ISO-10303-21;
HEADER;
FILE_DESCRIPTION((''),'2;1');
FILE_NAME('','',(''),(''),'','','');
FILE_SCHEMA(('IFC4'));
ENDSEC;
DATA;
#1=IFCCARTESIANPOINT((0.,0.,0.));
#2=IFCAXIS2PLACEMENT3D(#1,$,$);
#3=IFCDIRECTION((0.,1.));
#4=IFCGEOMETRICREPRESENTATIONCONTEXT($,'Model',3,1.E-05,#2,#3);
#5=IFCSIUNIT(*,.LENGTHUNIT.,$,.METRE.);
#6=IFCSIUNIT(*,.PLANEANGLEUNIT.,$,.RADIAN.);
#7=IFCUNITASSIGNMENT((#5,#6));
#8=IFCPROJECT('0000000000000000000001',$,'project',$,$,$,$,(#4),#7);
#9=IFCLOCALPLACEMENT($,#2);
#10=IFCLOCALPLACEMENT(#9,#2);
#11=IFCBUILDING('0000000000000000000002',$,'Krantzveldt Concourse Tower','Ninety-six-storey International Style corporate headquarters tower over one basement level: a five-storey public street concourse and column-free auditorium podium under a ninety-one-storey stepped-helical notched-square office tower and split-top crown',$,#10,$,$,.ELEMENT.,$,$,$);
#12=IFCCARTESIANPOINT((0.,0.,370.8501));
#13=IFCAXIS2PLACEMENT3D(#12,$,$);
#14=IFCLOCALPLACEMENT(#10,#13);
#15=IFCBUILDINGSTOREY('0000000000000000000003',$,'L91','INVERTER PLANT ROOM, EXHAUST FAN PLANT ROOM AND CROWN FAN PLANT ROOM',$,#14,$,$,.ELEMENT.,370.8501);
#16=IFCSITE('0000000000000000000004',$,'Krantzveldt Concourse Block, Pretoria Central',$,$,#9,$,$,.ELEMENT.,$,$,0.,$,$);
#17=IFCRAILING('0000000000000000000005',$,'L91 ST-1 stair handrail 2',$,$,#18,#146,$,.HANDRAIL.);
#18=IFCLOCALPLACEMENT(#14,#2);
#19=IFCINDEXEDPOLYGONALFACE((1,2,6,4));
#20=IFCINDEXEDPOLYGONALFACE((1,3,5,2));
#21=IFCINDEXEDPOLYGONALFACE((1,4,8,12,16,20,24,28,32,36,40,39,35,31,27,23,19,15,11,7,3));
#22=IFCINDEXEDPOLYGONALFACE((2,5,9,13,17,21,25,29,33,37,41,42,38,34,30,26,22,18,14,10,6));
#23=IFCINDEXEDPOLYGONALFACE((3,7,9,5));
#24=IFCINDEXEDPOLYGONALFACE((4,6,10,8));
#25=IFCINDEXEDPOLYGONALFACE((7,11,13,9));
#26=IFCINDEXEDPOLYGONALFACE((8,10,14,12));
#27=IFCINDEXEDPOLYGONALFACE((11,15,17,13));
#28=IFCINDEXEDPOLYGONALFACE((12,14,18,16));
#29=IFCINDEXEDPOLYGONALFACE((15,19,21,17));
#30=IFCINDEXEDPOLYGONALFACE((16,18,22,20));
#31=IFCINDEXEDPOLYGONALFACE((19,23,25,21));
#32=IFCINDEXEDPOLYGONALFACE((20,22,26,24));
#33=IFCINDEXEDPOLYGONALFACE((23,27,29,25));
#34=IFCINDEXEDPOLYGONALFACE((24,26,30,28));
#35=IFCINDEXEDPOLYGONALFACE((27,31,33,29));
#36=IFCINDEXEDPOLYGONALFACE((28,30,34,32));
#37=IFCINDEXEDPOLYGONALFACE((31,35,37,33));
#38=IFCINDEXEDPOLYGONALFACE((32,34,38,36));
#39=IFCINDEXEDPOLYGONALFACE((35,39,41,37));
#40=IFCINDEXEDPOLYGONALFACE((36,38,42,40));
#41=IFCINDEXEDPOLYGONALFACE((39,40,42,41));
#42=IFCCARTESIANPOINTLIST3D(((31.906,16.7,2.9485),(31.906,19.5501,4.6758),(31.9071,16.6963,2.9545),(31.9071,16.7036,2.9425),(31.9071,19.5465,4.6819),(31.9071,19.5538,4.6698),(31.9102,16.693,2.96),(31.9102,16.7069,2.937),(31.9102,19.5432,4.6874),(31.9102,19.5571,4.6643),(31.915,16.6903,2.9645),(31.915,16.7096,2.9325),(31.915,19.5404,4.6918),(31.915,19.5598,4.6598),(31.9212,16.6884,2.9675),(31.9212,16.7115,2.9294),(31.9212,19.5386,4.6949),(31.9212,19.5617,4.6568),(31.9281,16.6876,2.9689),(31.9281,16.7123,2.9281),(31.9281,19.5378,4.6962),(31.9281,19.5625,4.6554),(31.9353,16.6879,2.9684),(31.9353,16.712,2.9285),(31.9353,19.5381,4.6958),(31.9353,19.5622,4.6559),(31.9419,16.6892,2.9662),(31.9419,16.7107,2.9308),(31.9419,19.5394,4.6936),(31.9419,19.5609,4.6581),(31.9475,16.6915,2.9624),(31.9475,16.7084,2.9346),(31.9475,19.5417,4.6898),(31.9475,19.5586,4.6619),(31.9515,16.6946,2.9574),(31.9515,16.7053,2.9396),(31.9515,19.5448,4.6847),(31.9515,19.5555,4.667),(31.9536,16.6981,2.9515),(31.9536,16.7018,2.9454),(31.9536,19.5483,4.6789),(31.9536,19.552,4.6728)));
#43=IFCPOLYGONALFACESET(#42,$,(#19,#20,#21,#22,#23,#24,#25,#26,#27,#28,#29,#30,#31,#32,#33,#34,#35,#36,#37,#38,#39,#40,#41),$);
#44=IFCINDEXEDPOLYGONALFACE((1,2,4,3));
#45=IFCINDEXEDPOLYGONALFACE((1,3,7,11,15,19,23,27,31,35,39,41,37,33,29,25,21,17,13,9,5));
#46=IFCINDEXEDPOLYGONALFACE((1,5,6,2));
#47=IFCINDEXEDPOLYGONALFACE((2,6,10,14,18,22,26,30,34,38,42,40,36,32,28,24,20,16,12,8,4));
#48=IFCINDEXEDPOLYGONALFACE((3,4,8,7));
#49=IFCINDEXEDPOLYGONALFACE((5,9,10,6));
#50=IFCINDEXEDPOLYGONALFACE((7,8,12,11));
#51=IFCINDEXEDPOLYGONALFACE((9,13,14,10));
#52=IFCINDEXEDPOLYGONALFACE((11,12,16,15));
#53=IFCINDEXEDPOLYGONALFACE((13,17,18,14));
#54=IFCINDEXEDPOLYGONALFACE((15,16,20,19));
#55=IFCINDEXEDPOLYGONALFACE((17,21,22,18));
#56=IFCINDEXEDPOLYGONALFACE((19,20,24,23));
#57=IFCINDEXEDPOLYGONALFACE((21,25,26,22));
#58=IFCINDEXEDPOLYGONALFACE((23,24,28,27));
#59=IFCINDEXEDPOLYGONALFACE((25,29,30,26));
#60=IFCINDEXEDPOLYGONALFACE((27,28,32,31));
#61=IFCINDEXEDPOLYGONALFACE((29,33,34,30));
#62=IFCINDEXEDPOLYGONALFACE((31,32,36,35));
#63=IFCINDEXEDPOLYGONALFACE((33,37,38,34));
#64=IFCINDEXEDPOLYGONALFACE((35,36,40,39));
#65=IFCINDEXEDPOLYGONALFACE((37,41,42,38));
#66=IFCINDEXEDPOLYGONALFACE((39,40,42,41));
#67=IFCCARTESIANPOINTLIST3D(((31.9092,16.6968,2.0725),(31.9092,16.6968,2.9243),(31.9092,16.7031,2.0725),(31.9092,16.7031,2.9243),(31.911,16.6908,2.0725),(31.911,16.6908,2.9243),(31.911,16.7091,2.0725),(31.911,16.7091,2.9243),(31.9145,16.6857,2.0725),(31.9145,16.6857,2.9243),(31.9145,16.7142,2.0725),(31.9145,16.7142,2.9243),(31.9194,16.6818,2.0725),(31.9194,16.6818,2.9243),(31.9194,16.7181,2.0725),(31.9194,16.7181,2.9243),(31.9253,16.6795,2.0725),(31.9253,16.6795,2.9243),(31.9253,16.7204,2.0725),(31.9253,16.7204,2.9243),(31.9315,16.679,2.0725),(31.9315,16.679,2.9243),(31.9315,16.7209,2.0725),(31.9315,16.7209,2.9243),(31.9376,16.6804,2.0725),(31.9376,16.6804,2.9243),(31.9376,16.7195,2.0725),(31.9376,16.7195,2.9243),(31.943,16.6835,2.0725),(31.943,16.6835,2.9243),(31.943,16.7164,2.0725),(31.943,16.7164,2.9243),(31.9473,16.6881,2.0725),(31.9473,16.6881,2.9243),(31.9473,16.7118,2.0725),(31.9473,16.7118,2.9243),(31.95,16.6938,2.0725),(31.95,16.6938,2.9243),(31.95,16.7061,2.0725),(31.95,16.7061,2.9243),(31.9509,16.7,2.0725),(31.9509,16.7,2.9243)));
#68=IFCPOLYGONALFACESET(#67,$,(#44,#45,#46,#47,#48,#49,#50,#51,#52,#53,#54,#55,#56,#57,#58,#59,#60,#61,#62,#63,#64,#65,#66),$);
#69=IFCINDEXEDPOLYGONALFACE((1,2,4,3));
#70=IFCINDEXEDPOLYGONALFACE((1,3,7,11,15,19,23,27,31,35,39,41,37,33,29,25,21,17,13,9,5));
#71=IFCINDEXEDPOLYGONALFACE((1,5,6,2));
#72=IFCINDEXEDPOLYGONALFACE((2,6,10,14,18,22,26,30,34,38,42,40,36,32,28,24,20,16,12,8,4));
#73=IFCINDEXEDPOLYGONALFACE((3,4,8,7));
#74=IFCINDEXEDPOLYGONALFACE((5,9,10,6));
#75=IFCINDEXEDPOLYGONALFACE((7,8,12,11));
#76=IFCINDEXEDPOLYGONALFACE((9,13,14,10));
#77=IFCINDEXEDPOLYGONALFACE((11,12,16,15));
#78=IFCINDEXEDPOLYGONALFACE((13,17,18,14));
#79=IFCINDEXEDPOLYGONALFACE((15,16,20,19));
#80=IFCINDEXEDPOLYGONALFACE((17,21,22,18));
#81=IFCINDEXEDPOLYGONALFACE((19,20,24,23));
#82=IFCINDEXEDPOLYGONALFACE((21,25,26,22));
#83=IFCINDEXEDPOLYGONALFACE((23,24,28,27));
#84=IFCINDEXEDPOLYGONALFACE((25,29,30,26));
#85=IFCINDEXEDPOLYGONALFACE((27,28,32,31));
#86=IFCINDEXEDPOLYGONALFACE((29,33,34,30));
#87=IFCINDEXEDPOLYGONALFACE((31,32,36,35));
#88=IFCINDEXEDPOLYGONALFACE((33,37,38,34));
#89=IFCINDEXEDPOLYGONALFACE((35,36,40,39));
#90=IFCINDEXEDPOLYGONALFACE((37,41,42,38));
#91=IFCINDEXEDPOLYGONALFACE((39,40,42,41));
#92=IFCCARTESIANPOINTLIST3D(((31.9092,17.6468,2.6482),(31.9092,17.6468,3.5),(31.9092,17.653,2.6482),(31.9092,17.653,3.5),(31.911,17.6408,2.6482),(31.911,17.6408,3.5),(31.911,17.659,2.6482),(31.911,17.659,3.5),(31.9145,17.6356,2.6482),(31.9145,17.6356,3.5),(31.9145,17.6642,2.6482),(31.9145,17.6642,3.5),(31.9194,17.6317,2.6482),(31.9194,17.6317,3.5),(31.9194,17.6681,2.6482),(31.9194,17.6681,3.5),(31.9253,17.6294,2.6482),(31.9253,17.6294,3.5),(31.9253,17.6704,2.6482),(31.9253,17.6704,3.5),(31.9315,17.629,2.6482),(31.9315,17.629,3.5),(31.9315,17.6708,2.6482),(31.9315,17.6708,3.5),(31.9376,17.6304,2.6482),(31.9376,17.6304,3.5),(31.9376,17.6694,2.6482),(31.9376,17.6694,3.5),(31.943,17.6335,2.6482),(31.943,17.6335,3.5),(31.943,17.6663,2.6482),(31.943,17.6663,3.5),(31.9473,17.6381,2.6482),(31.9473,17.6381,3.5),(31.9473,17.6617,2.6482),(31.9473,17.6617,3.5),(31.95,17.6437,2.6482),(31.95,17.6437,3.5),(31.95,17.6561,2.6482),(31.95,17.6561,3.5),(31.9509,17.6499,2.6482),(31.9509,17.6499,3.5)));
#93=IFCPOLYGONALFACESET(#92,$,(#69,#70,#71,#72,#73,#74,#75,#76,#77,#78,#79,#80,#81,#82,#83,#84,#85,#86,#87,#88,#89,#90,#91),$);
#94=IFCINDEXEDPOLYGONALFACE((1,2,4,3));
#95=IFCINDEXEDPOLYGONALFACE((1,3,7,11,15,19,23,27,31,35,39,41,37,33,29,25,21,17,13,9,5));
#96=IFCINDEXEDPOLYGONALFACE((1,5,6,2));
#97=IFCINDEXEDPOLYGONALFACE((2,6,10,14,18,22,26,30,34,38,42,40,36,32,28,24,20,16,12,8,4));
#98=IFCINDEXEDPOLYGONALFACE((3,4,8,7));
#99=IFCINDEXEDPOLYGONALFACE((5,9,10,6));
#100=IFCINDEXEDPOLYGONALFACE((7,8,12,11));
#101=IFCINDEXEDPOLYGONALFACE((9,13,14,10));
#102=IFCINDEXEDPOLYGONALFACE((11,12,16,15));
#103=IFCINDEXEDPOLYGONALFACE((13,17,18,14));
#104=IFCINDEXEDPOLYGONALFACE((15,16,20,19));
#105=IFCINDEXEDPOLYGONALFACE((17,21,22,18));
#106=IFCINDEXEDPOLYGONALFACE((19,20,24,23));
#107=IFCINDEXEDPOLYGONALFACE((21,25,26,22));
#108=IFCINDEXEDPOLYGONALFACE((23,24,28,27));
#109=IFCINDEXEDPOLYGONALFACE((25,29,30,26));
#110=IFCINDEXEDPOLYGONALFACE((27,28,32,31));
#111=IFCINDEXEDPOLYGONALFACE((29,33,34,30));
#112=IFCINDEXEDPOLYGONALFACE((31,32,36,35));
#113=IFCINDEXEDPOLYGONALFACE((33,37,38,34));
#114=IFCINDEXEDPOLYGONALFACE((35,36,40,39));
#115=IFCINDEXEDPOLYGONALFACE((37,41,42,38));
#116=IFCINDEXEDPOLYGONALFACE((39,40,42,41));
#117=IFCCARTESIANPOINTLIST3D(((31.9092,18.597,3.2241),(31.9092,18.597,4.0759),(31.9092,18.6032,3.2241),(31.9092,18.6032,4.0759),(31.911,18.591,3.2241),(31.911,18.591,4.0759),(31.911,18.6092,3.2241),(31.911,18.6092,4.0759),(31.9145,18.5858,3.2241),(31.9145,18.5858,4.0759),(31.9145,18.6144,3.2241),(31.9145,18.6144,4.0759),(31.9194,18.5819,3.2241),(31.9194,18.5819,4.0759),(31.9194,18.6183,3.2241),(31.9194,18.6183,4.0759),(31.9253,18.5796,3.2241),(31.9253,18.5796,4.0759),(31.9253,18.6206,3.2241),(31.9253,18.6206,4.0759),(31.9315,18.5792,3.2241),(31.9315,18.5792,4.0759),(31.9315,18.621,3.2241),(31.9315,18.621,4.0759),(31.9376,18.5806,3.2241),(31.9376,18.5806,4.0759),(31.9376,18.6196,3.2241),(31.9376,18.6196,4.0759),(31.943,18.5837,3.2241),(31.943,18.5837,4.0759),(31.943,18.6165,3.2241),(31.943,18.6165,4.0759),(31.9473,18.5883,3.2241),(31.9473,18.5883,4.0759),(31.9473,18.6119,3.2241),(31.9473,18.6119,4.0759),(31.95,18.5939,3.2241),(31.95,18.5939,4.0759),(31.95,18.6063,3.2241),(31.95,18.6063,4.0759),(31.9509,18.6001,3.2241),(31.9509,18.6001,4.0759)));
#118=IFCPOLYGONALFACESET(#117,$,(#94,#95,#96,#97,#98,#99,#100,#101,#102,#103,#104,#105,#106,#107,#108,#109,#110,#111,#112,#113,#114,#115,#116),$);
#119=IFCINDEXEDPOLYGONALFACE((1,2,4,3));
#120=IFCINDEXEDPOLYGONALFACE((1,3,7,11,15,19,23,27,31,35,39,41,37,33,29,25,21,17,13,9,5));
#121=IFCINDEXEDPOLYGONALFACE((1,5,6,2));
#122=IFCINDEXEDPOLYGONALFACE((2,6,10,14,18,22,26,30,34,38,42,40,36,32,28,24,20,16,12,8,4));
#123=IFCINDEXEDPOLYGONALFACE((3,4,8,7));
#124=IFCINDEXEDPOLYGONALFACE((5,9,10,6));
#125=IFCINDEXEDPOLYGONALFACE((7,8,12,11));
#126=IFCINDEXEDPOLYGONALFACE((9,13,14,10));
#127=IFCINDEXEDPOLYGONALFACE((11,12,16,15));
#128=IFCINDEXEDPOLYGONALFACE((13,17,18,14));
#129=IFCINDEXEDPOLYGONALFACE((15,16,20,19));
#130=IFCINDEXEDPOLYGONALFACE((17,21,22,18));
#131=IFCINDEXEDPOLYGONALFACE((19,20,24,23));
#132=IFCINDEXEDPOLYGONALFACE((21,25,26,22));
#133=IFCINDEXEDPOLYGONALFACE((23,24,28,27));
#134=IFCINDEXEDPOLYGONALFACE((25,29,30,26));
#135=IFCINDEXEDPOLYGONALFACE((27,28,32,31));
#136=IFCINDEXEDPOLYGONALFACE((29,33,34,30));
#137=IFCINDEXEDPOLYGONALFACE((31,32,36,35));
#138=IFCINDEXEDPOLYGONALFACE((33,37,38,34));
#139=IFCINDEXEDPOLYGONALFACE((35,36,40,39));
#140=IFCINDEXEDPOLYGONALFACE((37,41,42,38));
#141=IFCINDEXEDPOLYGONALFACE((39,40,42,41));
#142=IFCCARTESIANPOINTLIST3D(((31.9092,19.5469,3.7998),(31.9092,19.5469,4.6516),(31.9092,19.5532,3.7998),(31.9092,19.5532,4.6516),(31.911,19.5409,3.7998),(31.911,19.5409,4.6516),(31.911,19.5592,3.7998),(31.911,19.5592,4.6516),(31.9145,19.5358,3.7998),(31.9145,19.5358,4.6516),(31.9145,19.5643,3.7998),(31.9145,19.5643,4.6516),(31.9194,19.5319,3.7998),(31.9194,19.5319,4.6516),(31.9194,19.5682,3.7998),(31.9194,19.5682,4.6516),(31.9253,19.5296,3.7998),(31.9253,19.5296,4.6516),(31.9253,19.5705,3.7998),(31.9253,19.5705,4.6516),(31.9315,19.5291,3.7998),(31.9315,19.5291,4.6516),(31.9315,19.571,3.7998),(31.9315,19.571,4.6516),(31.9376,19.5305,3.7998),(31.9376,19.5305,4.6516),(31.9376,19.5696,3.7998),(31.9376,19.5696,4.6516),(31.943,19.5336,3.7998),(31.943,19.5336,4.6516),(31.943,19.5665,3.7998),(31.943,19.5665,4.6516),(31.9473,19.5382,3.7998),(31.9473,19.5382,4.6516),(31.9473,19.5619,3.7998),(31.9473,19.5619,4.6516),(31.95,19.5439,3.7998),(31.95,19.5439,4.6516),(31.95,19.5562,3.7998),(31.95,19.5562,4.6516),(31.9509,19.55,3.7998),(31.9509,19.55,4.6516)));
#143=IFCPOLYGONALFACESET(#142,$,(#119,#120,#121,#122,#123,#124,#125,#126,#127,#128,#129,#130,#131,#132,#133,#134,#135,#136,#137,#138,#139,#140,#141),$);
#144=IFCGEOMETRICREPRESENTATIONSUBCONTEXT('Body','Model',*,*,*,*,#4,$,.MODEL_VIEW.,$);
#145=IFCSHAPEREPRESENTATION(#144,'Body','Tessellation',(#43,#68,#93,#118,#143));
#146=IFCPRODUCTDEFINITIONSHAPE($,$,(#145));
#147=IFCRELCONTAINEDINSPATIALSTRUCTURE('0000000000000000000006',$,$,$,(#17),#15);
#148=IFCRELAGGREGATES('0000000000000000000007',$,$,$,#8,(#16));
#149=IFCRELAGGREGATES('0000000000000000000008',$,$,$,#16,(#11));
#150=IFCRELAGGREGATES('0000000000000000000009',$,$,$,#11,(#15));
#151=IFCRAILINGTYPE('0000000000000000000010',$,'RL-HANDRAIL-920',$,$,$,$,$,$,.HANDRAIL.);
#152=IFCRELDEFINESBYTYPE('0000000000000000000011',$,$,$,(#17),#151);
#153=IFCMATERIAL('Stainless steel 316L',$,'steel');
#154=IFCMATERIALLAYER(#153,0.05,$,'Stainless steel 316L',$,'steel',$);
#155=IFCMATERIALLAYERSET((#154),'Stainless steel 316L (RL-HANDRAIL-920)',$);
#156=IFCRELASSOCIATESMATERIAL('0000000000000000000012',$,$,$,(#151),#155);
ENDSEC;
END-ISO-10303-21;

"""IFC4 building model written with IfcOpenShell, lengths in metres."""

from ifc_helpers import new_model, si_unit, direction, frame, origin, origin_2d, place, context, subcontext, project, spatial, circle, extrude, material, layer, layer_set, type_object, element, save


model = new_model("IFC4")

# Units and contexts
model_context = context("Model", 3, precision=1e-05, world=origin(), true_north=direction((0.0, 1.0)))
body_context = subcontext(model_context, "Body", "Model", "MODEL_VIEW")
ifc_project = project(units=[si_unit("LENGTHUNIT", "METRE"), si_unit("PLANEANGLEUNIT", "RADIAN")], contexts=[model_context])

# Site, building, storey
site_placement = place(None, origin())
site = spatial("IfcSite", under=ifc_project, at=site_placement, Name="Krantzveldt Concourse Block, Pretoria Central", CompositionType="ELEMENT", RefElevation=0.0)
building_placement = place(site_placement, origin())
building = spatial("IfcBuilding", under=site, at=building_placement, Name="Krantzveldt Concourse Tower", Description="Ninety-six-storey International Style corporate headquarters tower over one basement level: a five-storey public street concourse and column-free auditorium podium under a ninety-one-storey stepped-helical notched-square office tower and split-top crown", CompositionType="ELEMENT")
storey_placement = place(building_placement, frame((0.0, 0.0, 370.8501)))
storey = spatial("IfcBuildingStorey", under=building, at=storey_placement, Name="L91", Description="INVERTER PLANT ROOM, EXHAUST FAN PLANT ROOM AND CROWN FAN PLANT ROOM", CompositionType="ELEMENT", Elevation=370.8501)

# Shared definitions
ifc_material_1 = material(Name="Stainless steel 316L", Category="steel")

# Railing
ifc_layer_1 = layer(ifc_material_1, 0.05, Name="Stainless steel 316L", Category="steel")
ifc_layer_set_1 = layer_set([ifc_layer_1], Name="Stainless steel 316L (RL-HANDRAIL-920)")
railing_type_1 = type_object("IfcRailingType", Name="RL-HANDRAIL-920", PredefinedType="HANDRAIL", material=ifc_layer_set_1)
railing_1_placement = place(storey_placement, frame((31.9299, 16.7, 2.0725)))
element("IfcRailing", 1, at=railing_1_placement, inside=storey, type_object=railing_type_1, Name="L91 ST-1 stair handrail 2", PredefinedType="HANDRAIL", context=body_context, shape_type="SweptSolid", body=[
    extrude(circle(Radius=0.0239, at=origin_2d()), frame((0.0, 0.0, 0.876), z_axis=(0.0, 0.855203, 0.518294), x_axis=(-1.0, 0.0, 0.0)), (0.0, 0.0, 1.0), 3.3328),
    extrude(circle(Radius=0.021, at=origin_2d()), origin(), (0.0, 0.0, 1.0), 0.8518),
    extrude(circle(Radius=0.021, at=origin_2d()), frame((0.0, 0.95, 0.5757)), (0.0, 0.0, 1.0), 0.8518),
    extrude(circle(Radius=0.021, at=origin_2d()), frame((0.0, 1.9001, 1.1516)), (0.0, 0.0, 1.0), 0.8518),
    extrude(circle(Radius=0.021, at=origin_2d()), frame((0.0, 2.8501, 1.7273)), (0.0, 0.0, 1.0), 0.8518),
])

save(model, "model.ifc")
